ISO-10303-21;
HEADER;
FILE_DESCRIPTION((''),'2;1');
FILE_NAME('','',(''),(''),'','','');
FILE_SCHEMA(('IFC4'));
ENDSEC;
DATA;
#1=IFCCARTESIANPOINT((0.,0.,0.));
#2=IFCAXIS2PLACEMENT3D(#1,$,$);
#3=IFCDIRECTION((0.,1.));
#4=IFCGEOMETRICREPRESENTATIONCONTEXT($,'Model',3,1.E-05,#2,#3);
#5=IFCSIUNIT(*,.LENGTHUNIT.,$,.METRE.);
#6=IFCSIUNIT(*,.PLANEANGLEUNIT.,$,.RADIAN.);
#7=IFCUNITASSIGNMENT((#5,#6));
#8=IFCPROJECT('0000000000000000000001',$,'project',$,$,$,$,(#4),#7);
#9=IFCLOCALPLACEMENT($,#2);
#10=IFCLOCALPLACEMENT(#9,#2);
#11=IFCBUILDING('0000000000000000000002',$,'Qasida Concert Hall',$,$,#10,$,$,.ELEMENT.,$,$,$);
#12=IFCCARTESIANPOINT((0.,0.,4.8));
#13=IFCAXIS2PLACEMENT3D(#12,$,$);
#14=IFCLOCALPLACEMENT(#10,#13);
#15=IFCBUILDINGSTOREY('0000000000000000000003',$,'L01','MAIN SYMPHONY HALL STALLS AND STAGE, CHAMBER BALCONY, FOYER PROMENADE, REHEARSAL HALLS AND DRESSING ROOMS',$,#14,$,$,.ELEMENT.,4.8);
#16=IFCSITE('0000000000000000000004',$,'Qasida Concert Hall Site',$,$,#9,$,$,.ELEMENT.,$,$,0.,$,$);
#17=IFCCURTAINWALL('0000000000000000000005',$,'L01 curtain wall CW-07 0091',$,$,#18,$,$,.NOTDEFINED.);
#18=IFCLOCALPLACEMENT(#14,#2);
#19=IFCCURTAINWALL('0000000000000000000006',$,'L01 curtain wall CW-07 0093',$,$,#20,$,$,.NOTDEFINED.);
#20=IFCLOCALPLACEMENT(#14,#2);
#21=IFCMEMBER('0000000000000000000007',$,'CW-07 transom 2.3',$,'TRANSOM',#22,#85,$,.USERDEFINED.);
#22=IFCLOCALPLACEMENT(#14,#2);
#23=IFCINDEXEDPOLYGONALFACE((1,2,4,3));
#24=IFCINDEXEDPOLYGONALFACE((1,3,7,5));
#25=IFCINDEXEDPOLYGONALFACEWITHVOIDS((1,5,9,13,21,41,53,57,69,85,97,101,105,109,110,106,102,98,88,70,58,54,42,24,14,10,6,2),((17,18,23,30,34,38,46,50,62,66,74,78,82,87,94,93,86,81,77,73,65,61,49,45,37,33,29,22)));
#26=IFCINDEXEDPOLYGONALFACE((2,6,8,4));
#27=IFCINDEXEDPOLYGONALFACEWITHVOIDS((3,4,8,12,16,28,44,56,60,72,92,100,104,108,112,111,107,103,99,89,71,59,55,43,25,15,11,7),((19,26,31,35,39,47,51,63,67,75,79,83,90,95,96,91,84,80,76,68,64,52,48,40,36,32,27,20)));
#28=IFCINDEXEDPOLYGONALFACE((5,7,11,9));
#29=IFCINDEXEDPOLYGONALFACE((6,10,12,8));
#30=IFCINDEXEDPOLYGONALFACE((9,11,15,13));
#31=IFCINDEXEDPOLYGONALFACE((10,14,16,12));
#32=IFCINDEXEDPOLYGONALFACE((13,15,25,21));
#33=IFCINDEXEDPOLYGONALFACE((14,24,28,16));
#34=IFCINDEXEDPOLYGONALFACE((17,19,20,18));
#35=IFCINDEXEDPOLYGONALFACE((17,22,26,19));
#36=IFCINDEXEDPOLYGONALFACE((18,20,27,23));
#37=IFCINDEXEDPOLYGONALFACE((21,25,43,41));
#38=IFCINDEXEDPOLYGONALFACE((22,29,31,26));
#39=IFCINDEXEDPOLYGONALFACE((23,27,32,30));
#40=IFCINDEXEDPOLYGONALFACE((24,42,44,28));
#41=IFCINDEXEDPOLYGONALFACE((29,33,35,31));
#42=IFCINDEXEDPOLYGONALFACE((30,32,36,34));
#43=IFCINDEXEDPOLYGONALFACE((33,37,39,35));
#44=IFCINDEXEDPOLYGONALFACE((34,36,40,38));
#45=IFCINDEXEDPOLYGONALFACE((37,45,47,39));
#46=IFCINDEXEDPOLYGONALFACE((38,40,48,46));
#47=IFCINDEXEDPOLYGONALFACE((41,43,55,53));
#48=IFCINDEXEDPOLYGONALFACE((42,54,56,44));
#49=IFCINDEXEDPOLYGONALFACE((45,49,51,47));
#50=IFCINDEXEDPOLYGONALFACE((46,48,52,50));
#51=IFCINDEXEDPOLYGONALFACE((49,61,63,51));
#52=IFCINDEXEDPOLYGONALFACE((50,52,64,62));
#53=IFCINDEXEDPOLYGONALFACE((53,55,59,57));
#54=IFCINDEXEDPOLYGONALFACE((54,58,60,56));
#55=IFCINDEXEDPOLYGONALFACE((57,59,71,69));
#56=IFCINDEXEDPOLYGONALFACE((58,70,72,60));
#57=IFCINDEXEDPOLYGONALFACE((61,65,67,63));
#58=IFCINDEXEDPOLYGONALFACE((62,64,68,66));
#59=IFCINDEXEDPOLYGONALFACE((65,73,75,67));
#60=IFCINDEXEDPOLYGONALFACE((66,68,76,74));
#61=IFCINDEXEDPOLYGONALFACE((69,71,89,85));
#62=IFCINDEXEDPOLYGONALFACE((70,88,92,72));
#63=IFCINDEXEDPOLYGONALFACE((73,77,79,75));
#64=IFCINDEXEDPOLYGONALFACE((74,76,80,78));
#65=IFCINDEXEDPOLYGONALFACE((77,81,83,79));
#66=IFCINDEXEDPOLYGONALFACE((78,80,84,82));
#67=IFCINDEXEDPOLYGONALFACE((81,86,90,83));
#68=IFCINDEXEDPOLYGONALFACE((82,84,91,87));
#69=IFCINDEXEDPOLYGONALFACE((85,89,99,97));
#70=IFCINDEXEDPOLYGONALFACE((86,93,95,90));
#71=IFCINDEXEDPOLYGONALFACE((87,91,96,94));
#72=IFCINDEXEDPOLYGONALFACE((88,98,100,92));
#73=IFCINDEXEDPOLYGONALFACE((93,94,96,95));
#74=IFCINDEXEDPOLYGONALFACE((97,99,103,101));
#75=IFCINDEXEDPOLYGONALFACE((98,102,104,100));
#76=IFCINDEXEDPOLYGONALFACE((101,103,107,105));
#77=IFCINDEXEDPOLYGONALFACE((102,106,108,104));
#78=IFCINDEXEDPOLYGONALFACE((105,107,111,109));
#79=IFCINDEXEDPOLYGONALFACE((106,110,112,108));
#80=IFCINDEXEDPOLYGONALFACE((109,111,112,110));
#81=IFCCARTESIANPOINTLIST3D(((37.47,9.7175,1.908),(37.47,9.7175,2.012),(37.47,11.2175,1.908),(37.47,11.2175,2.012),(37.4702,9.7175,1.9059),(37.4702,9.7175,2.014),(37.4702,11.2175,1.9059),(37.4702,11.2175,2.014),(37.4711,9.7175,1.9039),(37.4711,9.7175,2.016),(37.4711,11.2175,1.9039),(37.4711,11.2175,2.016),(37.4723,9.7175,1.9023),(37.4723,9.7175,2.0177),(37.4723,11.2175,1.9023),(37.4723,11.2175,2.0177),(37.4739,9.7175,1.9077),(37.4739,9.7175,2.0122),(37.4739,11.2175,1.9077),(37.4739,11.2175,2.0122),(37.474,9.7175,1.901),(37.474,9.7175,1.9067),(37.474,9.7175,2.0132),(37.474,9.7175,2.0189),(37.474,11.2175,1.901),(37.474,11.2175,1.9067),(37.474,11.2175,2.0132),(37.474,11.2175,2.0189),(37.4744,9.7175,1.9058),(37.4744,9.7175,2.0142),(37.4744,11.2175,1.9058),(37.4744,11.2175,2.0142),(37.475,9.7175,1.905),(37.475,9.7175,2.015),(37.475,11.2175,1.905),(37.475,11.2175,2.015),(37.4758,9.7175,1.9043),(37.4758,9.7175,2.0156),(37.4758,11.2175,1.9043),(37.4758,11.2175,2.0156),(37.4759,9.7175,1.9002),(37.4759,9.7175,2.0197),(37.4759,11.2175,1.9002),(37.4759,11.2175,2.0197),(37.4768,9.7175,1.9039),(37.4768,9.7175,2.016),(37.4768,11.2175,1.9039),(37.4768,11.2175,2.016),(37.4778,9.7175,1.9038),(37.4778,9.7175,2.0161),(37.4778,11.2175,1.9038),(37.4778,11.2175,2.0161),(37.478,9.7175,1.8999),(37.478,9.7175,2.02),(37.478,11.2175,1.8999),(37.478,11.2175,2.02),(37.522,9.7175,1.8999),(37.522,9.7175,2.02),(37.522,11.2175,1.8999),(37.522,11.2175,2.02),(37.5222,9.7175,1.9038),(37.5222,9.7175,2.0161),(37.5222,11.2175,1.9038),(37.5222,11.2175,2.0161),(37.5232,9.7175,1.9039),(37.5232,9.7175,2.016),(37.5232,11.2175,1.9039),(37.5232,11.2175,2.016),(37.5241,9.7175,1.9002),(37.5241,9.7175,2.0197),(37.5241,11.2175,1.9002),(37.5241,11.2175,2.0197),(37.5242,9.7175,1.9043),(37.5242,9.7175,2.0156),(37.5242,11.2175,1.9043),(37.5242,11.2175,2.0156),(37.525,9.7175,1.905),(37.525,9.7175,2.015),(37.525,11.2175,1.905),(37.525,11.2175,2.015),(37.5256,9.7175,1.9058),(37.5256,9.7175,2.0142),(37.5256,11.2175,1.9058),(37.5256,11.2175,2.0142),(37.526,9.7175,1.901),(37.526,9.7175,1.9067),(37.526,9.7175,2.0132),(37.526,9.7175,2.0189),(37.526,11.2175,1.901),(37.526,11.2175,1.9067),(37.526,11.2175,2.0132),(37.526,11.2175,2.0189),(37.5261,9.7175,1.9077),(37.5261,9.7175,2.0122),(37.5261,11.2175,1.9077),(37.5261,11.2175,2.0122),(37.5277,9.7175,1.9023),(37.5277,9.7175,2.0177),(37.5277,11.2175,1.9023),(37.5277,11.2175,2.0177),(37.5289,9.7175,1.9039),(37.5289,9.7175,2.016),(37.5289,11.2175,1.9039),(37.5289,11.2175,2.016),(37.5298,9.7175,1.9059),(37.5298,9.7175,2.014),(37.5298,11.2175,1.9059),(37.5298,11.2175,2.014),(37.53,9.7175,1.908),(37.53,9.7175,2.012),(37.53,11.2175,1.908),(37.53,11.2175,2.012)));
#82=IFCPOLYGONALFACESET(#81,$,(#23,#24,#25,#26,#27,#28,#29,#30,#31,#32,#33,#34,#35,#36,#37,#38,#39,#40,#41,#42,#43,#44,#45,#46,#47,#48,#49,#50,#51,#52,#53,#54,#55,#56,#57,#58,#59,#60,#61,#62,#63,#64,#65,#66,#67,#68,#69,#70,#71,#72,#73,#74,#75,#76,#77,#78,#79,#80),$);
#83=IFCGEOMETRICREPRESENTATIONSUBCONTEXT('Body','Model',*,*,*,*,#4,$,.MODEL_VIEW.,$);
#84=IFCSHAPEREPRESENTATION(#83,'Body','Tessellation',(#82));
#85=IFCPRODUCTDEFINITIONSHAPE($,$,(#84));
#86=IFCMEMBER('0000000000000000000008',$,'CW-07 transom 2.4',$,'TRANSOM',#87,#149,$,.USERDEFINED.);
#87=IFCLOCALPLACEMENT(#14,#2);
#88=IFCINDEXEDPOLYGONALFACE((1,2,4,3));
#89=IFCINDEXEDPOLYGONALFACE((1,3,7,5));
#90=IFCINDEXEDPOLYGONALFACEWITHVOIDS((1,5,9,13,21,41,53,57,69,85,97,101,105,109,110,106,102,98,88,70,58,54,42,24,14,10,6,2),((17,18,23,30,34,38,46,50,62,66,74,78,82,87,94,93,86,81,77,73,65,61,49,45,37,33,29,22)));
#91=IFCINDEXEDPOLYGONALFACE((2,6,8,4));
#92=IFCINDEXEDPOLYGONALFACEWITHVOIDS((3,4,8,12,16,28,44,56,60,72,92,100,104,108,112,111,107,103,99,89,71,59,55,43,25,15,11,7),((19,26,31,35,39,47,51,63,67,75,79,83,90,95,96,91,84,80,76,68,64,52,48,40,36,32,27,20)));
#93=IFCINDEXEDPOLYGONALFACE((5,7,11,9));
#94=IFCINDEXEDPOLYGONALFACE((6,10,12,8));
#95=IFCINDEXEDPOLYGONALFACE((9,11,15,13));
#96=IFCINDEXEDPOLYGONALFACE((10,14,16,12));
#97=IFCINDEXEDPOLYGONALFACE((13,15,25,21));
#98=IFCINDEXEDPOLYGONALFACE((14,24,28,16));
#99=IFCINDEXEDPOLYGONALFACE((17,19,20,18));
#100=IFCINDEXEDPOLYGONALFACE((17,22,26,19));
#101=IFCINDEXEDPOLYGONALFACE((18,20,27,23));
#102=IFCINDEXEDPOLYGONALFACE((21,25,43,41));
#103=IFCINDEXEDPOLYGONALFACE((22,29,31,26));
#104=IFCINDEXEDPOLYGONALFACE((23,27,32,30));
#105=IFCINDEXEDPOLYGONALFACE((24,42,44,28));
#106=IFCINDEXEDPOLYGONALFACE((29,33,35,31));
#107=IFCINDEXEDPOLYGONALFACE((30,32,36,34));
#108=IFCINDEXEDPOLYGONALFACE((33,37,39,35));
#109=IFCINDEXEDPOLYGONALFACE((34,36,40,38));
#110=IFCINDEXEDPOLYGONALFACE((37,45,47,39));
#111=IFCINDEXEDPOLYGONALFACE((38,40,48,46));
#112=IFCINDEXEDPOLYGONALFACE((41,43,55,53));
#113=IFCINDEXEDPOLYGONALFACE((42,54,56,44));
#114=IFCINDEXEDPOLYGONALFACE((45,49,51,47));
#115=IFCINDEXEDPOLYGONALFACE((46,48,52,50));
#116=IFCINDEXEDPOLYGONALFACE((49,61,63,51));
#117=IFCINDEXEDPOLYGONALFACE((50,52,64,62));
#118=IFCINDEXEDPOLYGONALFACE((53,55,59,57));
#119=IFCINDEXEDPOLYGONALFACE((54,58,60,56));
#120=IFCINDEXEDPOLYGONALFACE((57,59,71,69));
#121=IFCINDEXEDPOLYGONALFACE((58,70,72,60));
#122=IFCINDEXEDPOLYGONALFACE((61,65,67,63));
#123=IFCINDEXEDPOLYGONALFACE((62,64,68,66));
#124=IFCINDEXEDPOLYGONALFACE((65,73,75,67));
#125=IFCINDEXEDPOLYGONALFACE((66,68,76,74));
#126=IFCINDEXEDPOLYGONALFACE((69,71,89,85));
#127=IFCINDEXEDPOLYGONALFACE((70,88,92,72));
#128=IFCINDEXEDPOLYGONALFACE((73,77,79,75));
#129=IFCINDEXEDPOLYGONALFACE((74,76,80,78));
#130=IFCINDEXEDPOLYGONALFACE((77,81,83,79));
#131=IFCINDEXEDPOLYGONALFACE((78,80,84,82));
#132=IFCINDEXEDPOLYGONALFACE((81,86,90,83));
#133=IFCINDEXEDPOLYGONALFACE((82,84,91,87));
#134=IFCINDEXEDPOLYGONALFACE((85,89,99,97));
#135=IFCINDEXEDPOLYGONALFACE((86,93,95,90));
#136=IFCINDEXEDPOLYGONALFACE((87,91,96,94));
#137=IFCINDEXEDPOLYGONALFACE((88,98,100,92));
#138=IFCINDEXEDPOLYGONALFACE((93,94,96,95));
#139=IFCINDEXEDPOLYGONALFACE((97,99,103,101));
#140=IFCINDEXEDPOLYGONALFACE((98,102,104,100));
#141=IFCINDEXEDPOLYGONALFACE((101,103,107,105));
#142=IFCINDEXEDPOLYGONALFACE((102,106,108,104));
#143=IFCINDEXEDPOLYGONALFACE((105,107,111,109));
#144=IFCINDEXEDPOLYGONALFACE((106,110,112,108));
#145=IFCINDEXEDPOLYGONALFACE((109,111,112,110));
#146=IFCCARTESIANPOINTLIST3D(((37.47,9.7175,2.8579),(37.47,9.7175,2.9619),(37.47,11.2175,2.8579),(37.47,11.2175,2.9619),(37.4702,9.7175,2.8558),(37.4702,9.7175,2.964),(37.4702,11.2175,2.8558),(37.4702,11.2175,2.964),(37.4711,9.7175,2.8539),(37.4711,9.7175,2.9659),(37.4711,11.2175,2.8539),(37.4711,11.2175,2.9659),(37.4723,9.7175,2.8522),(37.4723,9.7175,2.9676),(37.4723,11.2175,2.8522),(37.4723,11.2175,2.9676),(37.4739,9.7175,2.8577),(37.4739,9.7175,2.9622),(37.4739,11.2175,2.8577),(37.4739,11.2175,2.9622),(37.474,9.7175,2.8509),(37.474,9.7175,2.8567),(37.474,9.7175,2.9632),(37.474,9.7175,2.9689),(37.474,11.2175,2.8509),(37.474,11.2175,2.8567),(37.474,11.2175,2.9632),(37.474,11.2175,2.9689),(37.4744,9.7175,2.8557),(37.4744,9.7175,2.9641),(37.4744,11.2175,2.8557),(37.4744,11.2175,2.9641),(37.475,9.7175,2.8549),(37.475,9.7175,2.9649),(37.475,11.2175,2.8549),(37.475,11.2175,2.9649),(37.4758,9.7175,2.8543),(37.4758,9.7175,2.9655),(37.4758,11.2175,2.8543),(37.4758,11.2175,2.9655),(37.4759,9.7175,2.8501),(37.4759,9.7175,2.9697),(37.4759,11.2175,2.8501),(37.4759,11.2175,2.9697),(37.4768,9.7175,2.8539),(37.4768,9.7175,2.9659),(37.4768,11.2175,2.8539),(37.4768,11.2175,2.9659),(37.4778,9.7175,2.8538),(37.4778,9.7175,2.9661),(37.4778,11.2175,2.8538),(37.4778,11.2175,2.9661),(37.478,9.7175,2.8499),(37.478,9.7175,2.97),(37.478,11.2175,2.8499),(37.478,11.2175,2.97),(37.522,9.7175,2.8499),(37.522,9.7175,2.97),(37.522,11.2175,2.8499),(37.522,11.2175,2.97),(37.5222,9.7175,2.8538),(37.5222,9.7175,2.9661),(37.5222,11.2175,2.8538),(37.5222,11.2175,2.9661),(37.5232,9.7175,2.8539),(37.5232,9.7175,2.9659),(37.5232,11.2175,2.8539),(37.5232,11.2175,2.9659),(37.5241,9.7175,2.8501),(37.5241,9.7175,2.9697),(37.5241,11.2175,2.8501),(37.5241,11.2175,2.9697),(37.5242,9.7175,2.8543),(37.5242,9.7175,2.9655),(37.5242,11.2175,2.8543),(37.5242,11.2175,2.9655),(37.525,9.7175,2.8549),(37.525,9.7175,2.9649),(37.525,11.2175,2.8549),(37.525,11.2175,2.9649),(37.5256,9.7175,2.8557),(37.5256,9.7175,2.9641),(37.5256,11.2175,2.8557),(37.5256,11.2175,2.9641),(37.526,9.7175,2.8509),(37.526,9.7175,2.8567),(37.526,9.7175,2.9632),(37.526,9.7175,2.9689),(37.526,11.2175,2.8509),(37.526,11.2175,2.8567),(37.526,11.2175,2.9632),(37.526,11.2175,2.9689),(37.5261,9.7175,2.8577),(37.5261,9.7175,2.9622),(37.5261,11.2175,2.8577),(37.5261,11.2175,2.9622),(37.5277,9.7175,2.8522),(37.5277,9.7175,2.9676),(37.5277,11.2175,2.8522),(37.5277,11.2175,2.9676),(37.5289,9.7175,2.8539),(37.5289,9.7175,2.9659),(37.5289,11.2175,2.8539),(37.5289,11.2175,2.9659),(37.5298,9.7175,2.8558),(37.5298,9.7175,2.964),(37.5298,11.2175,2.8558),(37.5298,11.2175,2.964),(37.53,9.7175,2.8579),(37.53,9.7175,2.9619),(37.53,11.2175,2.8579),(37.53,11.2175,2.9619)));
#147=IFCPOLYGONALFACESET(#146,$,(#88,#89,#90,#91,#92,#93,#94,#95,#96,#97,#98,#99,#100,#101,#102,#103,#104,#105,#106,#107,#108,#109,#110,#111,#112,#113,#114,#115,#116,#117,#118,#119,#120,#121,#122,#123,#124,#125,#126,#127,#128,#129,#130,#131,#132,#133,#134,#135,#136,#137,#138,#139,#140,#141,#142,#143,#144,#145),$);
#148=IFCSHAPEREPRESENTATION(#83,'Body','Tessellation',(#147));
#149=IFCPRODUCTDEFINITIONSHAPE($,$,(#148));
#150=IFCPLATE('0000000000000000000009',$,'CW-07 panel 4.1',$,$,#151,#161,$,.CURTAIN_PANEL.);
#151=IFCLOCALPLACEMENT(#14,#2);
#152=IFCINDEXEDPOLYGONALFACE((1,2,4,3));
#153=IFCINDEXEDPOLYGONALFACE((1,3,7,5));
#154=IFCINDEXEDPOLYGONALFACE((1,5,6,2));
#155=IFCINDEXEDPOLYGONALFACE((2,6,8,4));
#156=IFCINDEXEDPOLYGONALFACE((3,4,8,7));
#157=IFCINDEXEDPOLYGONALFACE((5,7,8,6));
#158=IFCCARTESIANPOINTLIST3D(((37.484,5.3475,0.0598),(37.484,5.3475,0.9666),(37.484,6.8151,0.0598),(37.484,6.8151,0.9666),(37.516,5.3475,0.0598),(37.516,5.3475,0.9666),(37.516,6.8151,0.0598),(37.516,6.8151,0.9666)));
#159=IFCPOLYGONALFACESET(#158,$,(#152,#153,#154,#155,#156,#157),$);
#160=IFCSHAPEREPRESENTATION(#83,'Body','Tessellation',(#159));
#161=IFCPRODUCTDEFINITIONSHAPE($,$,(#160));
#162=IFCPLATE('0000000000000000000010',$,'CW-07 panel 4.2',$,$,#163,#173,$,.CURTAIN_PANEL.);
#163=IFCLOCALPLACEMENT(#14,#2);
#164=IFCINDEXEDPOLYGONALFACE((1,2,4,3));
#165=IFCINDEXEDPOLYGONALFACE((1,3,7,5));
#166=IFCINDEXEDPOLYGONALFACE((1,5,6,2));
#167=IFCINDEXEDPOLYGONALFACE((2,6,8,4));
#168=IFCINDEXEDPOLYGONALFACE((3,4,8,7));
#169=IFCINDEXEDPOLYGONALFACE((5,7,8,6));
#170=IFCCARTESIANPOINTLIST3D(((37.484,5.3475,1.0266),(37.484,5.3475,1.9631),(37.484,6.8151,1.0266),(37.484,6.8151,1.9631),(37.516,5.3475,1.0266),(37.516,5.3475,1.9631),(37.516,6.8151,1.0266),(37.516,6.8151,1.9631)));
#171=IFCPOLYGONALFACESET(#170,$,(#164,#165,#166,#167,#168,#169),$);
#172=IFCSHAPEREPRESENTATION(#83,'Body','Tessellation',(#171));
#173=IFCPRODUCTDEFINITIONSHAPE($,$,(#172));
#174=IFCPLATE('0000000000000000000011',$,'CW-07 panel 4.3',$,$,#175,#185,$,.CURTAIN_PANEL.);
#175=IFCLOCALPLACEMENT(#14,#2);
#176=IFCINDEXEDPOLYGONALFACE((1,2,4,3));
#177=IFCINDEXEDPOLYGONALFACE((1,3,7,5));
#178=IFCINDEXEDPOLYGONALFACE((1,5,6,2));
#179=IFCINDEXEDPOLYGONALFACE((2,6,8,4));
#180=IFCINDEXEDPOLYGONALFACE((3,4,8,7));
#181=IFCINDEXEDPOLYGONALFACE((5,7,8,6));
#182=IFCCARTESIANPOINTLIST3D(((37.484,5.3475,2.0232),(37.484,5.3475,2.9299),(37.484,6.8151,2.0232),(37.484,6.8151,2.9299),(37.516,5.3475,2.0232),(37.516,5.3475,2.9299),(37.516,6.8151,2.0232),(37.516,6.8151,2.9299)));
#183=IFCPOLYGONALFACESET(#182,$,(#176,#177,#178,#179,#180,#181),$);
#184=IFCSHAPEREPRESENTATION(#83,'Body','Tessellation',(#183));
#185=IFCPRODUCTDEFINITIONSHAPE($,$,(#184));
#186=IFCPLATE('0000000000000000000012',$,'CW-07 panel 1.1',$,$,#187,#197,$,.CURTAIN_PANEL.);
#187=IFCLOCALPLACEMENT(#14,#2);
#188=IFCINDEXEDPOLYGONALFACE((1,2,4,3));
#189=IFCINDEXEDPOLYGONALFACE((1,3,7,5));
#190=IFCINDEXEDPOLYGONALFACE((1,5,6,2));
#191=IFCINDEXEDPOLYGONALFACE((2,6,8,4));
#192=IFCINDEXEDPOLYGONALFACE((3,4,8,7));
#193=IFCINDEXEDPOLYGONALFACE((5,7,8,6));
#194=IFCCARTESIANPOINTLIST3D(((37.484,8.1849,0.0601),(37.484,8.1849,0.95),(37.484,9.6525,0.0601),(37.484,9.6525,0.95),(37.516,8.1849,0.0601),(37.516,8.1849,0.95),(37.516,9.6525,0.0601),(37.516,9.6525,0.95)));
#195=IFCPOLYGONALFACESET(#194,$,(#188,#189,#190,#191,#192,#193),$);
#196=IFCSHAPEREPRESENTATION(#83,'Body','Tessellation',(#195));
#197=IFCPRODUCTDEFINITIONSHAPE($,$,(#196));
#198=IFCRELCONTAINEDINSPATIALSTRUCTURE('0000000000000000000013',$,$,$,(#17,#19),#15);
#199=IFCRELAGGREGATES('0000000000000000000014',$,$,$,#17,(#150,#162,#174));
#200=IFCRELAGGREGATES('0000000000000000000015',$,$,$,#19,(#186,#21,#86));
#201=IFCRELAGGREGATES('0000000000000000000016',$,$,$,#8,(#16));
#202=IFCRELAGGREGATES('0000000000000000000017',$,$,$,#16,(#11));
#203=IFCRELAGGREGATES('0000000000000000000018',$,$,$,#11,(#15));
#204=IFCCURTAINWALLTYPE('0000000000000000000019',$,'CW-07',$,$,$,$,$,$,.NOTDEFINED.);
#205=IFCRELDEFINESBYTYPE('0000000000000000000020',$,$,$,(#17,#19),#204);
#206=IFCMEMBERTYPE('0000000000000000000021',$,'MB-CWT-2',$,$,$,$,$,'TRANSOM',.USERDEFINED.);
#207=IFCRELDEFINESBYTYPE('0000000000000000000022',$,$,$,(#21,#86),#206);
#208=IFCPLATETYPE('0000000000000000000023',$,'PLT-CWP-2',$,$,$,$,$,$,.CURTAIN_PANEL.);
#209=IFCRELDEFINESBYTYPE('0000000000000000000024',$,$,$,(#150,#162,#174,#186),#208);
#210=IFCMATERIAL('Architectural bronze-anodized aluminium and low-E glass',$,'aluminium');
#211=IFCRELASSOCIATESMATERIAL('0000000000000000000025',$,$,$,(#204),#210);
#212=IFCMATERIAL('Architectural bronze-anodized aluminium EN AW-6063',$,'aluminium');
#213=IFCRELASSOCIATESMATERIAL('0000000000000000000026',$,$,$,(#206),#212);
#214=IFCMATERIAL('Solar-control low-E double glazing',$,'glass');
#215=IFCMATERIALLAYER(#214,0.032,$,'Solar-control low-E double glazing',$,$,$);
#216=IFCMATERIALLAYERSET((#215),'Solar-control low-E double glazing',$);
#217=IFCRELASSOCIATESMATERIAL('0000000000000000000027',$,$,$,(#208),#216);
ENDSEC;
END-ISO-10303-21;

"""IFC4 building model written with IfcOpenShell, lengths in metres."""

from ifc_helpers import new_model, si_unit, direction, frame, origin, origin_2d, place, context, subcontext, project, spatial, rectangle, hollow_rectangle, extrude, material, layer, layer_set, material_profile, profile_set, type_object, element, aggregate, save


model = new_model("IFC4")

# Units and contexts
model_context = context("Model", 3, precision=1e-05, world=origin(), true_north=direction((0.0, 1.0)))
body_context = subcontext(model_context, "Body", "Model", "MODEL_VIEW")
ifc_project = project(units=[si_unit("LENGTHUNIT", "METRE"), si_unit("PLANEANGLEUNIT", "RADIAN")], contexts=[model_context])

# Site, building, storey
site_placement = place(None, origin())
site = spatial("IfcSite", under=ifc_project, at=site_placement, Name="Qasida Concert Hall Site", CompositionType="ELEMENT", RefElevation=0.0)
building_placement = place(site_placement, origin())
building = spatial("IfcBuilding", under=site, at=building_placement, Name="Qasida Concert Hall", CompositionType="ELEMENT")
storey_placement = place(building_placement, frame((0.0, 0.0, 4.8)))
storey = spatial("IfcBuildingStorey", under=building, at=storey_placement, Name="L01", Description="MAIN SYMPHONY HALL STALLS AND STAGE, CHAMBER BALCONY, FOYER PROMENADE, REHEARSAL HALLS AND DRESSING ROOMS", CompositionType="ELEMENT", Elevation=4.8)

# Curtain wall
ifc_material_1 = material(Name="Architectural bronze-anodized aluminium and low-E glass", Category="aluminium")
curtain_wall_type = type_object("IfcCurtainWallType", Name="CW-07", PredefinedType="NOTDEFINED", material=ifc_material_1)
curtain_wall_1_placement = place(storey_placement, origin())
curtain_wall_1 = element("IfcCurtainWall", 1, at=curtain_wall_1_placement, inside=storey, type_object=curtain_wall_type, Name="L01 curtain wall CW-07 0091", PredefinedType="NOTDEFINED")
ifc_material_2 = material(Name="Architectural bronze-anodized aluminium EN AW-6063", Category="aluminium")

# Curtain wall
curtain_wall_2_placement = place(storey_placement, origin())
curtain_wall_2 = element("IfcCurtainWall", 2, at=curtain_wall_2_placement, inside=storey, type_object=curtain_wall_type, Name="L01 curtain wall CW-07 0093", PredefinedType="NOTDEFINED")

# Members
ifc_material_profile_1 = material_profile(ifc_material_2, hollow_rectangle(XDim=0.0601, YDim=0.1201, WallThickness=0.0039, InnerFilletRadius=0.0039, OuterFilletRadius=0.0081, at=origin_2d()), Name="CWT 120x60x4")
ifc_profile_set_1 = profile_set([ifc_material_profile_1], Name="Architectural bronze-anodized aluminium EN AW-6063")
member_type_1 = type_object("IfcMemberType", Name="MB-CWT-2", ElementType="TRANSOM", PredefinedType="USERDEFINED", material=ifc_profile_set_1)
member_1_placement = place(storey_placement, frame((37.5, 9.7175, 1.96), z_axis=(0.0, 1.0, 0.0), x_axis=(-1.0, 0.0, 0.0)))
member_1 = element("IfcMember", 3, at=member_1_placement, type_object=member_type_1, Name="CW-07 transom 2.3", ObjectType="TRANSOM", PredefinedType="USERDEFINED", context=body_context, shape_type="SweptSolid", body=[
    extrude(hollow_rectangle(XDim=0.0601, YDim=0.1201, WallThickness=0.0039, InnerFilletRadius=0.0039, OuterFilletRadius=0.0081, at=origin_2d()), origin(), (0.0, 0.0, 1.0), 1.5),
])
member_2_placement = place(storey_placement, frame((37.5, 9.7175, 2.9099), z_axis=(0.0, 1.0, 0.0), x_axis=(-1.0, 0.0, 0.0)))
member_2 = element("IfcMember", 4, at=member_2_placement, type_object=member_type_1, Name="CW-07 transom 2.4", ObjectType="TRANSOM", PredefinedType="USERDEFINED", context=body_context, shape_type="SweptSolid", body=[
    extrude(hollow_rectangle(XDim=0.0601, YDim=0.1201, WallThickness=0.0039, InnerFilletRadius=0.0039, OuterFilletRadius=0.0081, at=origin_2d()), origin(), (0.0, 0.0, 1.0), 1.5),
])

# Plates
ifc_material_3 = material(Name="Solar-control low-E double glazing", Category="glass")
ifc_layer = layer(ifc_material_3, 0.032, Name="Solar-control low-E double glazing")
ifc_layer_set = layer_set([ifc_layer], Name="Solar-control low-E double glazing")
plate_type = type_object("IfcPlateType", Name="PLT-CWP-2", PredefinedType="CURTAIN_PANEL", material=ifc_layer_set)
plate_1_placement = place(storey_placement, frame((37.5, 6.0813, 0.0598), z_axis=(0.0, 0.0, 1.0), x_axis=(0.0, 1.0, 0.0)))
plate_1 = element("IfcPlate", 5, at=plate_1_placement, type_object=plate_type, Name="CW-07 panel 4.1", PredefinedType="CURTAIN_PANEL", context=body_context, shape_type="SweptSolid", body=[
    extrude(rectangle(XDim=1.4675, YDim=0.032, at=origin_2d()), origin(), (0.0, 0.0, 1.0), 0.9067),
])
plate_2_placement = place(storey_placement, frame((37.5, 6.0813, 1.0266), z_axis=(0.0, 0.0, 1.0), x_axis=(0.0, 1.0, 0.0)))
plate_2 = element("IfcPlate", 6, at=plate_2_placement, type_object=plate_type, Name="CW-07 panel 4.2", PredefinedType="CURTAIN_PANEL", context=body_context, shape_type="SweptSolid", body=[
    extrude(rectangle(XDim=1.4675, YDim=0.032, at=origin_2d()), origin(), (0.0, 0.0, 1.0), 0.9365),
])
plate_3_placement = place(storey_placement, frame((37.5, 6.0813, 2.0232), z_axis=(0.0, 0.0, 1.0), x_axis=(0.0, 1.0, 0.0)))
plate_3 = element("IfcPlate", 7, at=plate_3_placement, type_object=plate_type, Name="CW-07 panel 4.3", PredefinedType="CURTAIN_PANEL", context=body_context, shape_type="SweptSolid", body=[
    extrude(rectangle(XDim=1.4675, YDim=0.032, at=origin_2d()), origin(), (0.0, 0.0, 1.0), 0.9067),
])
aggregate(curtain_wall_1, [plate_1, plate_2, plate_3])
plate_4_placement = place(storey_placement, frame((37.5, 8.9187, 0.0601), z_axis=(0.0, 0.0, 1.0), x_axis=(0.0, 1.0, 0.0)))
plate_4 = element("IfcPlate", 8, at=plate_4_placement, type_object=plate_type, Name="CW-07 panel 1.1", PredefinedType="CURTAIN_PANEL", context=body_context, shape_type="SweptSolid", body=[
    extrude(rectangle(XDim=1.4675, YDim=0.032, at=origin_2d()), origin(), (0.0, 0.0, 1.0), 0.8899),
])
aggregate(curtain_wall_2, [plate_4, member_1, member_2])

save(model, "model.ifc")
